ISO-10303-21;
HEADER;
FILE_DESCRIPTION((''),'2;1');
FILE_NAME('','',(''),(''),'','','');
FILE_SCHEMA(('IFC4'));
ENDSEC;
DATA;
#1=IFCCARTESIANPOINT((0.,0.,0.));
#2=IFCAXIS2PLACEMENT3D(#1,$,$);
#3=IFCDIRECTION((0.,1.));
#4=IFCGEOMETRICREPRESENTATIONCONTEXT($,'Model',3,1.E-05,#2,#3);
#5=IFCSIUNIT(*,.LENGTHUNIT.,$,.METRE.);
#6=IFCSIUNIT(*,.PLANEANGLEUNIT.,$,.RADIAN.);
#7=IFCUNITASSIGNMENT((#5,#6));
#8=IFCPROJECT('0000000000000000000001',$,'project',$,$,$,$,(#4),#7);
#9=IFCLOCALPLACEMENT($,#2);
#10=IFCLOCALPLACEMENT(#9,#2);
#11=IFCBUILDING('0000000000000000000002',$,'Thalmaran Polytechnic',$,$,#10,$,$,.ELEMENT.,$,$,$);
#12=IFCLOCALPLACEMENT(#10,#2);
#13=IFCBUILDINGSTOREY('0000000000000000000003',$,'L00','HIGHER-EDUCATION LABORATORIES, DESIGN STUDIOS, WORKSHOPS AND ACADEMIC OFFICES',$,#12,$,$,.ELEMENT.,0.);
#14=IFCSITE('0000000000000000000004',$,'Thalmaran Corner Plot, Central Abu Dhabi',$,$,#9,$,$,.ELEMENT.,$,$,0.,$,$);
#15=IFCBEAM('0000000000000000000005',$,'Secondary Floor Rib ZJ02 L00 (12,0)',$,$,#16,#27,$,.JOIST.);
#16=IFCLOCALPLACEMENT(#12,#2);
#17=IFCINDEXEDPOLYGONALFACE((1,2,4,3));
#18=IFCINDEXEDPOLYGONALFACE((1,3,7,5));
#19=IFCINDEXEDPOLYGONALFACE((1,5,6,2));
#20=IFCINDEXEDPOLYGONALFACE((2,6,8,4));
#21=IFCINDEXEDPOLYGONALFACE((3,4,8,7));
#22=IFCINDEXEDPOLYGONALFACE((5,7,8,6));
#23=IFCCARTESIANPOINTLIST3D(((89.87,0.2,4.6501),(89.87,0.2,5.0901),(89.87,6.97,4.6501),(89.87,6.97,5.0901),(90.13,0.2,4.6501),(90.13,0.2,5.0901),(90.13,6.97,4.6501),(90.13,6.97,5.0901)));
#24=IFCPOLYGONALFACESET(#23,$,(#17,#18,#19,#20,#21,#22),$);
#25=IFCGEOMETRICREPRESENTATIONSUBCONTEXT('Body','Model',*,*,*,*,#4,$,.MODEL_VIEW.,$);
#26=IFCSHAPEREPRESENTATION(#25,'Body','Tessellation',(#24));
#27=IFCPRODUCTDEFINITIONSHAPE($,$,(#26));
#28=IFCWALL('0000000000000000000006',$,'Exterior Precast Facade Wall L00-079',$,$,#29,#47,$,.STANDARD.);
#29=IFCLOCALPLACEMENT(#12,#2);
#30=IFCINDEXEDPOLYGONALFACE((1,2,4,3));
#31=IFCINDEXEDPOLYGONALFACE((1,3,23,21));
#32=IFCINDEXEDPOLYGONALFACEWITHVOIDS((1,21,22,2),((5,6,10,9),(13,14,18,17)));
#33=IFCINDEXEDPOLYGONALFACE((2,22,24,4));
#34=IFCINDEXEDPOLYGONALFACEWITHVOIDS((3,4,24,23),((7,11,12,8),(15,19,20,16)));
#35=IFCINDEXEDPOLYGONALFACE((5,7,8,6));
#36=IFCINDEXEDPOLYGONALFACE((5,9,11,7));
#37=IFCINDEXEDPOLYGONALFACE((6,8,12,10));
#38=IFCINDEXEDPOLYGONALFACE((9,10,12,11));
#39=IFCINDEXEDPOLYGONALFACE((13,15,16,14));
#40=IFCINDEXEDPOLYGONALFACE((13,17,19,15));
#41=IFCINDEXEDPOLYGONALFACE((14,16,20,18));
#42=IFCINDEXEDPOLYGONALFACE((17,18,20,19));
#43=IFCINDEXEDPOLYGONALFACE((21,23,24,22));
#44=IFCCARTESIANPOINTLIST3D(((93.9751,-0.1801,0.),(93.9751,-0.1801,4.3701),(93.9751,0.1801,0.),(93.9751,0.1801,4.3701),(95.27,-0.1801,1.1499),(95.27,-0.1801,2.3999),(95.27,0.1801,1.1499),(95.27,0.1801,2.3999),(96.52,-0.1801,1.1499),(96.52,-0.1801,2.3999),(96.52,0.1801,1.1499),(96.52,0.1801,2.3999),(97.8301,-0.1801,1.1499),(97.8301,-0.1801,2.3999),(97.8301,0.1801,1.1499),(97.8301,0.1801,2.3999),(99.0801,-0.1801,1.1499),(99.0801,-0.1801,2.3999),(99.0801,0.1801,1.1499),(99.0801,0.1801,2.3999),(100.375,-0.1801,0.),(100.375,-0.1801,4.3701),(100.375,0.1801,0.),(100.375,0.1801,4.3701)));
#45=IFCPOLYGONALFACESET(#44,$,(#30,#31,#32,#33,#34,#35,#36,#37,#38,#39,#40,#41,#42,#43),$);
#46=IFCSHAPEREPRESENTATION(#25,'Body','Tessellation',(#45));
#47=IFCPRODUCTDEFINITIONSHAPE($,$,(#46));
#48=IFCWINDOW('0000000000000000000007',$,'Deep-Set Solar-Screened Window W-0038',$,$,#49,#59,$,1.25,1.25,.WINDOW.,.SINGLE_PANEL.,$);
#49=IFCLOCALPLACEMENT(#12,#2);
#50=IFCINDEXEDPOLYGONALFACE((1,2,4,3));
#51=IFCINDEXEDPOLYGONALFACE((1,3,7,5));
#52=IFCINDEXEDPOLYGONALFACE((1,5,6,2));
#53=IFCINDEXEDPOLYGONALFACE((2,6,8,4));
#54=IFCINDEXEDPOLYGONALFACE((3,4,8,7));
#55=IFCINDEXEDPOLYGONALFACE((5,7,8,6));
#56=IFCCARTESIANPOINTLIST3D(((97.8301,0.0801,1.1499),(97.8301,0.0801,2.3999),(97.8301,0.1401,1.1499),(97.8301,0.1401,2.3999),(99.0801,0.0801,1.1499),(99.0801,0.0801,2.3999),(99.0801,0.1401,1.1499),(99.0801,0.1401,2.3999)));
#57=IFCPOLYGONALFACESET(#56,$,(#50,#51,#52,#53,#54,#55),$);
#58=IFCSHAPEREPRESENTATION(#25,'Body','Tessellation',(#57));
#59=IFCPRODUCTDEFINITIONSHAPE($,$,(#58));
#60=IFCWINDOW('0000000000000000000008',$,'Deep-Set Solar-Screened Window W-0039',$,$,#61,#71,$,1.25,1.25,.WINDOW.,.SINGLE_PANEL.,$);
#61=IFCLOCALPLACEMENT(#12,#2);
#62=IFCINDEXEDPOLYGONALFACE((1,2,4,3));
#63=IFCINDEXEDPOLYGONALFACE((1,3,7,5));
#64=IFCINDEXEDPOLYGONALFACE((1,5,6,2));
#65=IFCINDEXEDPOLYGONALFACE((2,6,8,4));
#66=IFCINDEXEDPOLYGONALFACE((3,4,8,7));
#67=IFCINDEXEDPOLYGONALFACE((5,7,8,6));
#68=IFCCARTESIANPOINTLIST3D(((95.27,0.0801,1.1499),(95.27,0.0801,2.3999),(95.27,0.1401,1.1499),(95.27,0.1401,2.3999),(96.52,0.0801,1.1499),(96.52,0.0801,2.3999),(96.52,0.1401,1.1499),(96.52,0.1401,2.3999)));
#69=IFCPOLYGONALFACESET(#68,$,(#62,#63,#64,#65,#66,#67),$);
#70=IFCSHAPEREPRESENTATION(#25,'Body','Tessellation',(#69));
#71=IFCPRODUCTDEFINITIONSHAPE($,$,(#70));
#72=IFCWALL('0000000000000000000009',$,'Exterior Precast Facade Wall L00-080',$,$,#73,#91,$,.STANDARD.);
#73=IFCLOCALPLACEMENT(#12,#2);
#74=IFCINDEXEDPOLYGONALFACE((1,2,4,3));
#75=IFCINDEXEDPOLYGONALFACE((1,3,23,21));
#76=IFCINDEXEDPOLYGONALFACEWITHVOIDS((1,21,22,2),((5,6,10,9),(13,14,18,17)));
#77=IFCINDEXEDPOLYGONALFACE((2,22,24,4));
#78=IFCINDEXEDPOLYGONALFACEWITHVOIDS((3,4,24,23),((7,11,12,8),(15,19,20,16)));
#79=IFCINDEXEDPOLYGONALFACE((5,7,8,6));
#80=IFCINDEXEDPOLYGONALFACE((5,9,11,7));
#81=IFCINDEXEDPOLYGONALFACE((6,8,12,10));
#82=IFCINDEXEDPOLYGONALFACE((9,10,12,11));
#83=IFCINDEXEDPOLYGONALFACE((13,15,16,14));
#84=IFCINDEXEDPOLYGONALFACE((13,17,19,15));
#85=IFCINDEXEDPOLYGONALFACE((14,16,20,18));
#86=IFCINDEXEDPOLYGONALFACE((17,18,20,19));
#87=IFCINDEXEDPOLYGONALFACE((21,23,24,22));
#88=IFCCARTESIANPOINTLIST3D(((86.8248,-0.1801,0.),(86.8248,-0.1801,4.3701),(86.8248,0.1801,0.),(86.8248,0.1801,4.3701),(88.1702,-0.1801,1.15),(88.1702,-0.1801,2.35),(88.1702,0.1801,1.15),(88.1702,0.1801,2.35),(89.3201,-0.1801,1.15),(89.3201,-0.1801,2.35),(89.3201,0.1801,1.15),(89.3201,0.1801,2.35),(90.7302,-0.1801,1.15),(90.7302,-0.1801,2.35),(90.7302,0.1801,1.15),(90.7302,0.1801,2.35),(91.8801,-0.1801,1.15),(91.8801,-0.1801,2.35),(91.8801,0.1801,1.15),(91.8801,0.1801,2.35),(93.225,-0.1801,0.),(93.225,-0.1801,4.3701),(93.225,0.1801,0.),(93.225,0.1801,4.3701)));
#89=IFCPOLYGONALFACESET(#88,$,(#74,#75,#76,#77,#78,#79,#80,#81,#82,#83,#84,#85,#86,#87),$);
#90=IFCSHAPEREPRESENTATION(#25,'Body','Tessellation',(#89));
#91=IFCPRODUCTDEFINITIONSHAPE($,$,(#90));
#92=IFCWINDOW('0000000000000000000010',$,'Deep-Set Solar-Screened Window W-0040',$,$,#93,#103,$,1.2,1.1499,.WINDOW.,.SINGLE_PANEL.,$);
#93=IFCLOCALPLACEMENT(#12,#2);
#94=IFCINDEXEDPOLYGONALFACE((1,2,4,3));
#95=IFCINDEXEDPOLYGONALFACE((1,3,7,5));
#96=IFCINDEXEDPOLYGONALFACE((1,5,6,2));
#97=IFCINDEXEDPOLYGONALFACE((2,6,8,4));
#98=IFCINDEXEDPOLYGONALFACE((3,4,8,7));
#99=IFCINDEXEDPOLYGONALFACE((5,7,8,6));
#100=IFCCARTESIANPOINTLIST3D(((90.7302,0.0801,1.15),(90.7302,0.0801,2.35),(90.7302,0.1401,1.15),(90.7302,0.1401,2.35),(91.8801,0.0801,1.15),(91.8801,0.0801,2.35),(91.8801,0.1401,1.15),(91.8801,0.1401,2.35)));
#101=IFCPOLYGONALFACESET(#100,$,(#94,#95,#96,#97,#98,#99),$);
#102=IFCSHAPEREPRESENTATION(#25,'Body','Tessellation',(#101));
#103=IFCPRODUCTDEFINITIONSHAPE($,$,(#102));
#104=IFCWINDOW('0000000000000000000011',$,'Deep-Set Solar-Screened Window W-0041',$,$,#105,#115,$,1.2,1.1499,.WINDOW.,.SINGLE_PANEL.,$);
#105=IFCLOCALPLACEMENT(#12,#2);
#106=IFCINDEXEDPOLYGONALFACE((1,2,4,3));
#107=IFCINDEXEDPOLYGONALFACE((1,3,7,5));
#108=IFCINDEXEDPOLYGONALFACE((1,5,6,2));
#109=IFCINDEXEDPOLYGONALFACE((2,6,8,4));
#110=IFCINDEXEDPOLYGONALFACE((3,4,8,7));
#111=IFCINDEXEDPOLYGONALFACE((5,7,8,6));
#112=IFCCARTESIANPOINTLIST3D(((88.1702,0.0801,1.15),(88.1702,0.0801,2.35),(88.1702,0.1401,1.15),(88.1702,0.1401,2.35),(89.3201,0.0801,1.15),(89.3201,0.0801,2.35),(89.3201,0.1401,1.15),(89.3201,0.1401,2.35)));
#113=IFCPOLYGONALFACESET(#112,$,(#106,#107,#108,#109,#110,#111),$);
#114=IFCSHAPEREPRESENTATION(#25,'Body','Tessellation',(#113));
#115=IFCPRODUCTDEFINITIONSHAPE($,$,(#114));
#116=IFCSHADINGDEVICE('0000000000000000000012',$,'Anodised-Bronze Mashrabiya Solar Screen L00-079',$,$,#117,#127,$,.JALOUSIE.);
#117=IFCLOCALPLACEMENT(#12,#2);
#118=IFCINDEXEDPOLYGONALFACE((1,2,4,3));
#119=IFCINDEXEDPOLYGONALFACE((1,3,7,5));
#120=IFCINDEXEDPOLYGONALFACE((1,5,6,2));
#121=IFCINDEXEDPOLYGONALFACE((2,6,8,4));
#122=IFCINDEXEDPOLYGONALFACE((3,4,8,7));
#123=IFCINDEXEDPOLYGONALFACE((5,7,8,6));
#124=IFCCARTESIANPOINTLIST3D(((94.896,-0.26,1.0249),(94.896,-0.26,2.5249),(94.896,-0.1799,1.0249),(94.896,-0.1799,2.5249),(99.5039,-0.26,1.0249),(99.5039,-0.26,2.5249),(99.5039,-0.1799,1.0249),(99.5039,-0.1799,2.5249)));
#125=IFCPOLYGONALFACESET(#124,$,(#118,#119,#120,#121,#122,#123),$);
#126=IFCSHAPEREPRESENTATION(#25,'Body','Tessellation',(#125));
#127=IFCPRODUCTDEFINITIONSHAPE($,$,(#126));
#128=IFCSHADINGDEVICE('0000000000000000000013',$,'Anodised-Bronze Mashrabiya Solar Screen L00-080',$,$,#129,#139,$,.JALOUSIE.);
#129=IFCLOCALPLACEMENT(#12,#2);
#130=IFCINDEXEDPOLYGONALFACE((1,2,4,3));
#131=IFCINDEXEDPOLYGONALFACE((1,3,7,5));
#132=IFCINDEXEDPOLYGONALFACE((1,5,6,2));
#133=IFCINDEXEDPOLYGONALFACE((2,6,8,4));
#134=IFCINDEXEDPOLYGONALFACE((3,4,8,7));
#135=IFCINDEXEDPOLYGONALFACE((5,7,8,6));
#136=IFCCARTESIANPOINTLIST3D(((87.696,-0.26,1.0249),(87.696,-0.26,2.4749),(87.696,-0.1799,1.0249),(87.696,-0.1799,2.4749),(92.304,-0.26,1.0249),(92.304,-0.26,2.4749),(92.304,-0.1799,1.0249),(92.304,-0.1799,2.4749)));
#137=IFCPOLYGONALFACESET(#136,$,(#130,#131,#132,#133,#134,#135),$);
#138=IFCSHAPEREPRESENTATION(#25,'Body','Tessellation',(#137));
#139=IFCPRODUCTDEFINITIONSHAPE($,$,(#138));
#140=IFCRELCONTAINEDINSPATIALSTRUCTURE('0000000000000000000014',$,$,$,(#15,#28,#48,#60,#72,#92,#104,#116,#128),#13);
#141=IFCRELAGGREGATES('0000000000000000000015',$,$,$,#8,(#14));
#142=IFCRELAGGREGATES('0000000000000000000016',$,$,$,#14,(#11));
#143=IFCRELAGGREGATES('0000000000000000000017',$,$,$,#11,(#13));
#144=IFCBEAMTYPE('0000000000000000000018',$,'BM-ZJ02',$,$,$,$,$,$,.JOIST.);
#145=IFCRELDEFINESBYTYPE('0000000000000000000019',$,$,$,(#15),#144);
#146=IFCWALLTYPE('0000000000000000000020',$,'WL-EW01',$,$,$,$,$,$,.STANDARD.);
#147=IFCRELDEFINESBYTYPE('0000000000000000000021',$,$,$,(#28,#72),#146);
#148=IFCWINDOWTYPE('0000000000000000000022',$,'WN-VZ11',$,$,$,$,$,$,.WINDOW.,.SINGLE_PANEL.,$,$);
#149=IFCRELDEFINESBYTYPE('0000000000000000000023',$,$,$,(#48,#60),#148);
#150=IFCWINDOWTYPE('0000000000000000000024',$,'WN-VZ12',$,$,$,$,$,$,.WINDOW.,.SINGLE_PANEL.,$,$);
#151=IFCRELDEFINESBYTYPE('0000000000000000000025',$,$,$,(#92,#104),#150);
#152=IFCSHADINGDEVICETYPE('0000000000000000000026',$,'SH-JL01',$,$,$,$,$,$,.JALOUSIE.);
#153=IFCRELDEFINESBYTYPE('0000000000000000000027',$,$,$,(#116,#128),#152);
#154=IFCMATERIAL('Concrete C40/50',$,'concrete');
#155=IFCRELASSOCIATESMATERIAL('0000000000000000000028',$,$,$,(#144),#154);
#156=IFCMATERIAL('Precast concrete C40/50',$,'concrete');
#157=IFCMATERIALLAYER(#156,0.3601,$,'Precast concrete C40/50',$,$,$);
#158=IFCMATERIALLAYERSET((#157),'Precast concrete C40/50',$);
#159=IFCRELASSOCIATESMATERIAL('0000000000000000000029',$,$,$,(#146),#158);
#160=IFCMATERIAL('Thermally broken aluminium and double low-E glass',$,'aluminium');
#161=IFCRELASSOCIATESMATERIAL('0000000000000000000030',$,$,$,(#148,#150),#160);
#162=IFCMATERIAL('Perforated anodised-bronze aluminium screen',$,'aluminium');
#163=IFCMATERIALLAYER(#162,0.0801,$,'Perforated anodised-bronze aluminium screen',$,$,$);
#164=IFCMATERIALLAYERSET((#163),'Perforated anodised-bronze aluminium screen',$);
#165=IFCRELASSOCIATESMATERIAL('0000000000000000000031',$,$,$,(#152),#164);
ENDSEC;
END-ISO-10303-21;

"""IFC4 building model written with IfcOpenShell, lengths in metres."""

from ifc_helpers import new_model, si_unit, direction, frame, frame_2d, origin, origin_2d, place, context, subcontext, project, spatial, rectangle, extrude, material, layer, layer_set, material_profile, profile_set, type_object, element, fill, save


model = new_model("IFC4")

# Units and contexts
model_context = context("Model", 3, precision=1e-05, world=origin(), true_north=direction((0.0, 1.0)))
body_context = subcontext(model_context, "Body", "Model", "MODEL_VIEW")
ifc_project = project(units=[si_unit("LENGTHUNIT", "METRE"), si_unit("PLANEANGLEUNIT", "RADIAN")], contexts=[model_context])

# Site, building, storey
site_placement = place(None, origin())
site = spatial("IfcSite", under=ifc_project, at=site_placement, Name="Thalmaran Corner Plot, Central Abu Dhabi", CompositionType="ELEMENT", RefElevation=0.0)
building_placement = place(site_placement, origin())
building = spatial("IfcBuilding", under=site, at=building_placement, Name="Thalmaran Polytechnic", CompositionType="ELEMENT")
storey_placement = place(building_placement, origin())
storey = spatial("IfcBuildingStorey", under=building, at=storey_placement, Name="L00", Description="HIGHER-EDUCATION LABORATORIES, DESIGN STUDIOS, WORKSHOPS AND ACADEMIC OFFICES", CompositionType="ELEMENT", Elevation=0.0)

# Shared definitions
ifc_material_1 = material(Name="Concrete C40/50", Category="concrete")

# Beam
ifc_material_profile_1 = material_profile(ifc_material_1, rectangle(XDim=0.26, YDim=0.4399, at=origin_2d()), Name="RC 260x440")
ifc_profile_set_1 = profile_set([ifc_material_profile_1], Name="Concrete C40/50")
beam_type_1 = type_object("IfcBeamType", Name="BM-ZJ02", PredefinedType="JOIST", material=ifc_profile_set_1)
beam_1_placement = place(storey_placement, frame((90.0, 0.2, 4.8701), z_axis=(0.0, 1.0, 0.0), x_axis=(-1.0, 0.0, 0.0)))
element("IfcBeam", 1, at=beam_1_placement, inside=storey, type_object=beam_type_1, Name="Secondary Floor Rib ZJ02 L00 (12,0)", PredefinedType="JOIST", context=body_context, shape_type="SweptSolid", body=[
    extrude(rectangle(XDim=0.26, YDim=0.4399, at=origin_2d()), origin(), (0.0, 0.0, 1.0), 6.77),
])

# Walls, openings, windows
ifc_material_2 = material(Name="Precast concrete C40/50", Category="concrete")
ifc_layer_1 = layer(ifc_material_2, 0.3601, Name="Precast concrete C40/50")
ifc_layer_set_1 = layer_set([ifc_layer_1], Name="Precast concrete C40/50")
wall_type = type_object("IfcWallType", Name="WL-EW01", PredefinedType="STANDARD", material=ifc_layer_set_1)
wall_1_placement = place(storey_placement, frame((100.375, 0.0, 0.0), z_axis=(0.0, 0.0, 1.0), x_axis=(-1.0, 0.0, 0.0)))
wall_1 = element("IfcWall", 2, at=wall_1_placement, inside=storey, type_object=wall_type, Name="Exterior Precast Facade Wall L00-079", PredefinedType="STANDARD", context=body_context, shape_type="SweptSolid", body=[
    extrude(rectangle(XDim=6.3999, YDim=0.3601, at=frame_2d((3.2, 0.0))), origin(), (0.0, 0.0, 1.0), 4.3701),
])
opening_1_placement = place(wall_1_placement, frame((1.2949, 0.0, 1.1499)))
opening_1 = element("IfcOpeningElement", 3, at=opening_1_placement, cuts=wall_1, PredefinedType="OPENING", context=body_context, shape_type="SweptSolid", body=[
    extrude(rectangle(XDim=1.25, YDim=1.25, at=frame_2d((0.625, 0.625))), frame((0.0, 0.1899, 0.0), z_axis=(0.0, -1.0, 0.0), x_axis=(1.0, 0.0, 0.0)), (0.0, 0.0, 1.0), 0.3801),
])
opening_2_placement = place(wall_1_placement, frame((3.855, 0.0, 1.1499)))
opening_2 = element("IfcOpeningElement", 4, at=opening_2_placement, cuts=wall_1, PredefinedType="OPENING", context=body_context, shape_type="SweptSolid", body=[
    extrude(rectangle(XDim=1.25, YDim=1.25, at=frame_2d((0.625, 0.625))), frame((0.0, 0.1899, 0.0), z_axis=(0.0, -1.0, 0.0), x_axis=(1.0, 0.0, 0.0)), (0.0, 0.0, 1.0), 0.3801),
])
ifc_material_3 = material(Name="Thermally broken aluminium and double low-E glass", Category="aluminium")
window_type_1 = type_object("IfcWindowType", Name="WN-VZ11", PartitioningType="SINGLE_PANEL", PredefinedType="WINDOW", material=ifc_material_3)
window_1_placement = place(opening_1_placement, origin())
window_1 = element("IfcWindow", 5, at=window_1_placement, inside=storey, type_object=window_type_1, Name="Deep-Set Solar-Screened Window W-0038", OverallHeight=1.25, OverallWidth=1.25, PartitioningType="SINGLE_PANEL", PredefinedType="WINDOW", context=body_context, shape_type="SweptSolid", body=[
    extrude(rectangle(XDim=1.25, YDim=1.25, at=frame_2d((0.625, 0.625))), frame((0.0, -0.0801, 0.0), z_axis=(0.0, -1.0, 0.0), x_axis=(1.0, 0.0, 0.0)), (0.0, 0.0, 1.0), 0.0601),
])
fill(opening_1, window_1)
window_2_placement = place(opening_2_placement, origin())
window_2 = element("IfcWindow", 6, at=window_2_placement, inside=storey, type_object=window_type_1, Name="Deep-Set Solar-Screened Window W-0039", OverallHeight=1.25, OverallWidth=1.25, PartitioningType="SINGLE_PANEL", PredefinedType="WINDOW", context=body_context, shape_type="SweptSolid", body=[
    extrude(rectangle(XDim=1.25, YDim=1.25, at=frame_2d((0.625, 0.625))), frame((0.0, -0.0801, 0.0), z_axis=(0.0, -1.0, 0.0), x_axis=(1.0, 0.0, 0.0)), (0.0, 0.0, 1.0), 0.0601),
])
fill(opening_2, window_2)
wall_2_placement = place(storey_placement, frame((93.2251, 0.0, 0.0), z_axis=(0.0, 0.0, 1.0), x_axis=(-1.0, 0.0, 0.0)))
wall_2 = element("IfcWall", 7, at=wall_2_placement, inside=storey, type_object=wall_type, Name="Exterior Precast Facade Wall L00-080", PredefinedType="STANDARD", context=body_context, shape_type="SweptSolid", body=[
    extrude(rectangle(XDim=6.4001, YDim=0.3601, at=frame_2d((3.2002, 0.0))), origin(), (0.0, 0.0, 1.0), 4.3701),
])
opening_3_placement = place(wall_2_placement, frame((1.345, 0.0, 1.1499)))
opening_3 = element("IfcOpeningElement", 8, at=opening_3_placement, cuts=wall_2, PredefinedType="OPENING", context=body_context, shape_type="SweptSolid", body=[
    extrude(rectangle(XDim=1.1499, YDim=1.2, at=frame_2d((0.575, 0.6001))), frame((0.0, 0.1899, 0.0), z_axis=(0.0, -1.0, 0.0), x_axis=(1.0, 0.0, 0.0)), (0.0, 0.0, 1.0), 0.3801),
])
opening_4_placement = place(wall_2_placement, frame((3.905, 0.0, 1.1499)))
opening_4 = element("IfcOpeningElement", 9, at=opening_4_placement, cuts=wall_2, PredefinedType="OPENING", context=body_context, shape_type="SweptSolid", body=[
    extrude(rectangle(XDim=1.1499, YDim=1.2, at=frame_2d((0.575, 0.6001))), frame((0.0, 0.1899, 0.0), z_axis=(0.0, -1.0, 0.0), x_axis=(1.0, 0.0, 0.0)), (0.0, 0.0, 1.0), 0.3801),
])
window_type_2 = type_object("IfcWindowType", Name="WN-VZ12", PartitioningType="SINGLE_PANEL", PredefinedType="WINDOW", material=ifc_material_3)
window_3_placement = place(opening_3_placement, origin())
window_3 = element("IfcWindow", 10, at=window_3_placement, inside=storey, type_object=window_type_2, Name="Deep-Set Solar-Screened Window W-0040", OverallHeight=1.2, OverallWidth=1.1499, PartitioningType="SINGLE_PANEL", PredefinedType="WINDOW", context=body_context, shape_type="SweptSolid", body=[
    extrude(rectangle(XDim=1.1499, YDim=1.2, at=frame_2d((0.575, 0.6001))), frame((0.0, -0.0801, 0.0), z_axis=(0.0, -1.0, 0.0), x_axis=(1.0, 0.0, 0.0)), (0.0, 0.0, 1.0), 0.0601),
])
fill(opening_3, window_3)
window_4_placement = place(opening_4_placement, origin())
window_4 = element("IfcWindow", 11, at=window_4_placement, inside=storey, type_object=window_type_2, Name="Deep-Set Solar-Screened Window W-0041", OverallHeight=1.2, OverallWidth=1.1499, PartitioningType="SINGLE_PANEL", PredefinedType="WINDOW", context=body_context, shape_type="SweptSolid", body=[
    extrude(rectangle(XDim=1.1499, YDim=1.2, at=frame_2d((0.575, 0.6001))), frame((0.0, -0.0801, 0.0), z_axis=(0.0, -1.0, 0.0), x_axis=(1.0, 0.0, 0.0)), (0.0, 0.0, 1.0), 0.0601),
])
fill(opening_4, window_4)

# Shading devices
ifc_material_4 = material(Name="Perforated anodised-bronze aluminium screen", Category="aluminium")
ifc_layer_2 = layer(ifc_material_4, 0.0801, Name="Perforated anodised-bronze aluminium screen")
ifc_layer_set_2 = layer_set([ifc_layer_2], Name="Perforated anodised-bronze aluminium screen")
shading_device_type = type_object("IfcShadingDeviceType", Name="SH-JL01", PredefinedType="JALOUSIE", material=ifc_layer_set_2)
shading_device_1_placement = place(storey_placement, frame((97.2, -0.22, 1.0249), z_axis=(0.0, 0.0, 1.0), x_axis=(-1.0, 0.0, 0.0)))
element("IfcShadingDevice", 12, at=shading_device_1_placement, inside=storey, type_object=shading_device_type, Name="Anodised-Bronze Mashrabiya Solar Screen L00-079", PredefinedType="JALOUSIE", context=body_context, shape_type="SweptSolid", body=[
    extrude(rectangle(XDim=4.6079, YDim=0.0801, at=origin_2d()), origin(), (0.0, 0.0, 1.0), 1.5),
])
shading_device_2_placement = place(storey_placement, frame((90.0, -0.22, 1.0249), z_axis=(0.0, 0.0, 1.0), x_axis=(-1.0, 0.0, 0.0)))
element("IfcShadingDevice", 13, at=shading_device_2_placement, inside=storey, type_object=shading_device_type, Name="Anodised-Bronze Mashrabiya Solar Screen L00-080", PredefinedType="JALOUSIE", context=body_context, shape_type="SweptSolid", body=[
    extrude(rectangle(XDim=4.6079, YDim=0.0801, at=origin_2d()), origin(), (0.0, 0.0, 1.0), 1.45),
])

save(model, "model.ifc")
